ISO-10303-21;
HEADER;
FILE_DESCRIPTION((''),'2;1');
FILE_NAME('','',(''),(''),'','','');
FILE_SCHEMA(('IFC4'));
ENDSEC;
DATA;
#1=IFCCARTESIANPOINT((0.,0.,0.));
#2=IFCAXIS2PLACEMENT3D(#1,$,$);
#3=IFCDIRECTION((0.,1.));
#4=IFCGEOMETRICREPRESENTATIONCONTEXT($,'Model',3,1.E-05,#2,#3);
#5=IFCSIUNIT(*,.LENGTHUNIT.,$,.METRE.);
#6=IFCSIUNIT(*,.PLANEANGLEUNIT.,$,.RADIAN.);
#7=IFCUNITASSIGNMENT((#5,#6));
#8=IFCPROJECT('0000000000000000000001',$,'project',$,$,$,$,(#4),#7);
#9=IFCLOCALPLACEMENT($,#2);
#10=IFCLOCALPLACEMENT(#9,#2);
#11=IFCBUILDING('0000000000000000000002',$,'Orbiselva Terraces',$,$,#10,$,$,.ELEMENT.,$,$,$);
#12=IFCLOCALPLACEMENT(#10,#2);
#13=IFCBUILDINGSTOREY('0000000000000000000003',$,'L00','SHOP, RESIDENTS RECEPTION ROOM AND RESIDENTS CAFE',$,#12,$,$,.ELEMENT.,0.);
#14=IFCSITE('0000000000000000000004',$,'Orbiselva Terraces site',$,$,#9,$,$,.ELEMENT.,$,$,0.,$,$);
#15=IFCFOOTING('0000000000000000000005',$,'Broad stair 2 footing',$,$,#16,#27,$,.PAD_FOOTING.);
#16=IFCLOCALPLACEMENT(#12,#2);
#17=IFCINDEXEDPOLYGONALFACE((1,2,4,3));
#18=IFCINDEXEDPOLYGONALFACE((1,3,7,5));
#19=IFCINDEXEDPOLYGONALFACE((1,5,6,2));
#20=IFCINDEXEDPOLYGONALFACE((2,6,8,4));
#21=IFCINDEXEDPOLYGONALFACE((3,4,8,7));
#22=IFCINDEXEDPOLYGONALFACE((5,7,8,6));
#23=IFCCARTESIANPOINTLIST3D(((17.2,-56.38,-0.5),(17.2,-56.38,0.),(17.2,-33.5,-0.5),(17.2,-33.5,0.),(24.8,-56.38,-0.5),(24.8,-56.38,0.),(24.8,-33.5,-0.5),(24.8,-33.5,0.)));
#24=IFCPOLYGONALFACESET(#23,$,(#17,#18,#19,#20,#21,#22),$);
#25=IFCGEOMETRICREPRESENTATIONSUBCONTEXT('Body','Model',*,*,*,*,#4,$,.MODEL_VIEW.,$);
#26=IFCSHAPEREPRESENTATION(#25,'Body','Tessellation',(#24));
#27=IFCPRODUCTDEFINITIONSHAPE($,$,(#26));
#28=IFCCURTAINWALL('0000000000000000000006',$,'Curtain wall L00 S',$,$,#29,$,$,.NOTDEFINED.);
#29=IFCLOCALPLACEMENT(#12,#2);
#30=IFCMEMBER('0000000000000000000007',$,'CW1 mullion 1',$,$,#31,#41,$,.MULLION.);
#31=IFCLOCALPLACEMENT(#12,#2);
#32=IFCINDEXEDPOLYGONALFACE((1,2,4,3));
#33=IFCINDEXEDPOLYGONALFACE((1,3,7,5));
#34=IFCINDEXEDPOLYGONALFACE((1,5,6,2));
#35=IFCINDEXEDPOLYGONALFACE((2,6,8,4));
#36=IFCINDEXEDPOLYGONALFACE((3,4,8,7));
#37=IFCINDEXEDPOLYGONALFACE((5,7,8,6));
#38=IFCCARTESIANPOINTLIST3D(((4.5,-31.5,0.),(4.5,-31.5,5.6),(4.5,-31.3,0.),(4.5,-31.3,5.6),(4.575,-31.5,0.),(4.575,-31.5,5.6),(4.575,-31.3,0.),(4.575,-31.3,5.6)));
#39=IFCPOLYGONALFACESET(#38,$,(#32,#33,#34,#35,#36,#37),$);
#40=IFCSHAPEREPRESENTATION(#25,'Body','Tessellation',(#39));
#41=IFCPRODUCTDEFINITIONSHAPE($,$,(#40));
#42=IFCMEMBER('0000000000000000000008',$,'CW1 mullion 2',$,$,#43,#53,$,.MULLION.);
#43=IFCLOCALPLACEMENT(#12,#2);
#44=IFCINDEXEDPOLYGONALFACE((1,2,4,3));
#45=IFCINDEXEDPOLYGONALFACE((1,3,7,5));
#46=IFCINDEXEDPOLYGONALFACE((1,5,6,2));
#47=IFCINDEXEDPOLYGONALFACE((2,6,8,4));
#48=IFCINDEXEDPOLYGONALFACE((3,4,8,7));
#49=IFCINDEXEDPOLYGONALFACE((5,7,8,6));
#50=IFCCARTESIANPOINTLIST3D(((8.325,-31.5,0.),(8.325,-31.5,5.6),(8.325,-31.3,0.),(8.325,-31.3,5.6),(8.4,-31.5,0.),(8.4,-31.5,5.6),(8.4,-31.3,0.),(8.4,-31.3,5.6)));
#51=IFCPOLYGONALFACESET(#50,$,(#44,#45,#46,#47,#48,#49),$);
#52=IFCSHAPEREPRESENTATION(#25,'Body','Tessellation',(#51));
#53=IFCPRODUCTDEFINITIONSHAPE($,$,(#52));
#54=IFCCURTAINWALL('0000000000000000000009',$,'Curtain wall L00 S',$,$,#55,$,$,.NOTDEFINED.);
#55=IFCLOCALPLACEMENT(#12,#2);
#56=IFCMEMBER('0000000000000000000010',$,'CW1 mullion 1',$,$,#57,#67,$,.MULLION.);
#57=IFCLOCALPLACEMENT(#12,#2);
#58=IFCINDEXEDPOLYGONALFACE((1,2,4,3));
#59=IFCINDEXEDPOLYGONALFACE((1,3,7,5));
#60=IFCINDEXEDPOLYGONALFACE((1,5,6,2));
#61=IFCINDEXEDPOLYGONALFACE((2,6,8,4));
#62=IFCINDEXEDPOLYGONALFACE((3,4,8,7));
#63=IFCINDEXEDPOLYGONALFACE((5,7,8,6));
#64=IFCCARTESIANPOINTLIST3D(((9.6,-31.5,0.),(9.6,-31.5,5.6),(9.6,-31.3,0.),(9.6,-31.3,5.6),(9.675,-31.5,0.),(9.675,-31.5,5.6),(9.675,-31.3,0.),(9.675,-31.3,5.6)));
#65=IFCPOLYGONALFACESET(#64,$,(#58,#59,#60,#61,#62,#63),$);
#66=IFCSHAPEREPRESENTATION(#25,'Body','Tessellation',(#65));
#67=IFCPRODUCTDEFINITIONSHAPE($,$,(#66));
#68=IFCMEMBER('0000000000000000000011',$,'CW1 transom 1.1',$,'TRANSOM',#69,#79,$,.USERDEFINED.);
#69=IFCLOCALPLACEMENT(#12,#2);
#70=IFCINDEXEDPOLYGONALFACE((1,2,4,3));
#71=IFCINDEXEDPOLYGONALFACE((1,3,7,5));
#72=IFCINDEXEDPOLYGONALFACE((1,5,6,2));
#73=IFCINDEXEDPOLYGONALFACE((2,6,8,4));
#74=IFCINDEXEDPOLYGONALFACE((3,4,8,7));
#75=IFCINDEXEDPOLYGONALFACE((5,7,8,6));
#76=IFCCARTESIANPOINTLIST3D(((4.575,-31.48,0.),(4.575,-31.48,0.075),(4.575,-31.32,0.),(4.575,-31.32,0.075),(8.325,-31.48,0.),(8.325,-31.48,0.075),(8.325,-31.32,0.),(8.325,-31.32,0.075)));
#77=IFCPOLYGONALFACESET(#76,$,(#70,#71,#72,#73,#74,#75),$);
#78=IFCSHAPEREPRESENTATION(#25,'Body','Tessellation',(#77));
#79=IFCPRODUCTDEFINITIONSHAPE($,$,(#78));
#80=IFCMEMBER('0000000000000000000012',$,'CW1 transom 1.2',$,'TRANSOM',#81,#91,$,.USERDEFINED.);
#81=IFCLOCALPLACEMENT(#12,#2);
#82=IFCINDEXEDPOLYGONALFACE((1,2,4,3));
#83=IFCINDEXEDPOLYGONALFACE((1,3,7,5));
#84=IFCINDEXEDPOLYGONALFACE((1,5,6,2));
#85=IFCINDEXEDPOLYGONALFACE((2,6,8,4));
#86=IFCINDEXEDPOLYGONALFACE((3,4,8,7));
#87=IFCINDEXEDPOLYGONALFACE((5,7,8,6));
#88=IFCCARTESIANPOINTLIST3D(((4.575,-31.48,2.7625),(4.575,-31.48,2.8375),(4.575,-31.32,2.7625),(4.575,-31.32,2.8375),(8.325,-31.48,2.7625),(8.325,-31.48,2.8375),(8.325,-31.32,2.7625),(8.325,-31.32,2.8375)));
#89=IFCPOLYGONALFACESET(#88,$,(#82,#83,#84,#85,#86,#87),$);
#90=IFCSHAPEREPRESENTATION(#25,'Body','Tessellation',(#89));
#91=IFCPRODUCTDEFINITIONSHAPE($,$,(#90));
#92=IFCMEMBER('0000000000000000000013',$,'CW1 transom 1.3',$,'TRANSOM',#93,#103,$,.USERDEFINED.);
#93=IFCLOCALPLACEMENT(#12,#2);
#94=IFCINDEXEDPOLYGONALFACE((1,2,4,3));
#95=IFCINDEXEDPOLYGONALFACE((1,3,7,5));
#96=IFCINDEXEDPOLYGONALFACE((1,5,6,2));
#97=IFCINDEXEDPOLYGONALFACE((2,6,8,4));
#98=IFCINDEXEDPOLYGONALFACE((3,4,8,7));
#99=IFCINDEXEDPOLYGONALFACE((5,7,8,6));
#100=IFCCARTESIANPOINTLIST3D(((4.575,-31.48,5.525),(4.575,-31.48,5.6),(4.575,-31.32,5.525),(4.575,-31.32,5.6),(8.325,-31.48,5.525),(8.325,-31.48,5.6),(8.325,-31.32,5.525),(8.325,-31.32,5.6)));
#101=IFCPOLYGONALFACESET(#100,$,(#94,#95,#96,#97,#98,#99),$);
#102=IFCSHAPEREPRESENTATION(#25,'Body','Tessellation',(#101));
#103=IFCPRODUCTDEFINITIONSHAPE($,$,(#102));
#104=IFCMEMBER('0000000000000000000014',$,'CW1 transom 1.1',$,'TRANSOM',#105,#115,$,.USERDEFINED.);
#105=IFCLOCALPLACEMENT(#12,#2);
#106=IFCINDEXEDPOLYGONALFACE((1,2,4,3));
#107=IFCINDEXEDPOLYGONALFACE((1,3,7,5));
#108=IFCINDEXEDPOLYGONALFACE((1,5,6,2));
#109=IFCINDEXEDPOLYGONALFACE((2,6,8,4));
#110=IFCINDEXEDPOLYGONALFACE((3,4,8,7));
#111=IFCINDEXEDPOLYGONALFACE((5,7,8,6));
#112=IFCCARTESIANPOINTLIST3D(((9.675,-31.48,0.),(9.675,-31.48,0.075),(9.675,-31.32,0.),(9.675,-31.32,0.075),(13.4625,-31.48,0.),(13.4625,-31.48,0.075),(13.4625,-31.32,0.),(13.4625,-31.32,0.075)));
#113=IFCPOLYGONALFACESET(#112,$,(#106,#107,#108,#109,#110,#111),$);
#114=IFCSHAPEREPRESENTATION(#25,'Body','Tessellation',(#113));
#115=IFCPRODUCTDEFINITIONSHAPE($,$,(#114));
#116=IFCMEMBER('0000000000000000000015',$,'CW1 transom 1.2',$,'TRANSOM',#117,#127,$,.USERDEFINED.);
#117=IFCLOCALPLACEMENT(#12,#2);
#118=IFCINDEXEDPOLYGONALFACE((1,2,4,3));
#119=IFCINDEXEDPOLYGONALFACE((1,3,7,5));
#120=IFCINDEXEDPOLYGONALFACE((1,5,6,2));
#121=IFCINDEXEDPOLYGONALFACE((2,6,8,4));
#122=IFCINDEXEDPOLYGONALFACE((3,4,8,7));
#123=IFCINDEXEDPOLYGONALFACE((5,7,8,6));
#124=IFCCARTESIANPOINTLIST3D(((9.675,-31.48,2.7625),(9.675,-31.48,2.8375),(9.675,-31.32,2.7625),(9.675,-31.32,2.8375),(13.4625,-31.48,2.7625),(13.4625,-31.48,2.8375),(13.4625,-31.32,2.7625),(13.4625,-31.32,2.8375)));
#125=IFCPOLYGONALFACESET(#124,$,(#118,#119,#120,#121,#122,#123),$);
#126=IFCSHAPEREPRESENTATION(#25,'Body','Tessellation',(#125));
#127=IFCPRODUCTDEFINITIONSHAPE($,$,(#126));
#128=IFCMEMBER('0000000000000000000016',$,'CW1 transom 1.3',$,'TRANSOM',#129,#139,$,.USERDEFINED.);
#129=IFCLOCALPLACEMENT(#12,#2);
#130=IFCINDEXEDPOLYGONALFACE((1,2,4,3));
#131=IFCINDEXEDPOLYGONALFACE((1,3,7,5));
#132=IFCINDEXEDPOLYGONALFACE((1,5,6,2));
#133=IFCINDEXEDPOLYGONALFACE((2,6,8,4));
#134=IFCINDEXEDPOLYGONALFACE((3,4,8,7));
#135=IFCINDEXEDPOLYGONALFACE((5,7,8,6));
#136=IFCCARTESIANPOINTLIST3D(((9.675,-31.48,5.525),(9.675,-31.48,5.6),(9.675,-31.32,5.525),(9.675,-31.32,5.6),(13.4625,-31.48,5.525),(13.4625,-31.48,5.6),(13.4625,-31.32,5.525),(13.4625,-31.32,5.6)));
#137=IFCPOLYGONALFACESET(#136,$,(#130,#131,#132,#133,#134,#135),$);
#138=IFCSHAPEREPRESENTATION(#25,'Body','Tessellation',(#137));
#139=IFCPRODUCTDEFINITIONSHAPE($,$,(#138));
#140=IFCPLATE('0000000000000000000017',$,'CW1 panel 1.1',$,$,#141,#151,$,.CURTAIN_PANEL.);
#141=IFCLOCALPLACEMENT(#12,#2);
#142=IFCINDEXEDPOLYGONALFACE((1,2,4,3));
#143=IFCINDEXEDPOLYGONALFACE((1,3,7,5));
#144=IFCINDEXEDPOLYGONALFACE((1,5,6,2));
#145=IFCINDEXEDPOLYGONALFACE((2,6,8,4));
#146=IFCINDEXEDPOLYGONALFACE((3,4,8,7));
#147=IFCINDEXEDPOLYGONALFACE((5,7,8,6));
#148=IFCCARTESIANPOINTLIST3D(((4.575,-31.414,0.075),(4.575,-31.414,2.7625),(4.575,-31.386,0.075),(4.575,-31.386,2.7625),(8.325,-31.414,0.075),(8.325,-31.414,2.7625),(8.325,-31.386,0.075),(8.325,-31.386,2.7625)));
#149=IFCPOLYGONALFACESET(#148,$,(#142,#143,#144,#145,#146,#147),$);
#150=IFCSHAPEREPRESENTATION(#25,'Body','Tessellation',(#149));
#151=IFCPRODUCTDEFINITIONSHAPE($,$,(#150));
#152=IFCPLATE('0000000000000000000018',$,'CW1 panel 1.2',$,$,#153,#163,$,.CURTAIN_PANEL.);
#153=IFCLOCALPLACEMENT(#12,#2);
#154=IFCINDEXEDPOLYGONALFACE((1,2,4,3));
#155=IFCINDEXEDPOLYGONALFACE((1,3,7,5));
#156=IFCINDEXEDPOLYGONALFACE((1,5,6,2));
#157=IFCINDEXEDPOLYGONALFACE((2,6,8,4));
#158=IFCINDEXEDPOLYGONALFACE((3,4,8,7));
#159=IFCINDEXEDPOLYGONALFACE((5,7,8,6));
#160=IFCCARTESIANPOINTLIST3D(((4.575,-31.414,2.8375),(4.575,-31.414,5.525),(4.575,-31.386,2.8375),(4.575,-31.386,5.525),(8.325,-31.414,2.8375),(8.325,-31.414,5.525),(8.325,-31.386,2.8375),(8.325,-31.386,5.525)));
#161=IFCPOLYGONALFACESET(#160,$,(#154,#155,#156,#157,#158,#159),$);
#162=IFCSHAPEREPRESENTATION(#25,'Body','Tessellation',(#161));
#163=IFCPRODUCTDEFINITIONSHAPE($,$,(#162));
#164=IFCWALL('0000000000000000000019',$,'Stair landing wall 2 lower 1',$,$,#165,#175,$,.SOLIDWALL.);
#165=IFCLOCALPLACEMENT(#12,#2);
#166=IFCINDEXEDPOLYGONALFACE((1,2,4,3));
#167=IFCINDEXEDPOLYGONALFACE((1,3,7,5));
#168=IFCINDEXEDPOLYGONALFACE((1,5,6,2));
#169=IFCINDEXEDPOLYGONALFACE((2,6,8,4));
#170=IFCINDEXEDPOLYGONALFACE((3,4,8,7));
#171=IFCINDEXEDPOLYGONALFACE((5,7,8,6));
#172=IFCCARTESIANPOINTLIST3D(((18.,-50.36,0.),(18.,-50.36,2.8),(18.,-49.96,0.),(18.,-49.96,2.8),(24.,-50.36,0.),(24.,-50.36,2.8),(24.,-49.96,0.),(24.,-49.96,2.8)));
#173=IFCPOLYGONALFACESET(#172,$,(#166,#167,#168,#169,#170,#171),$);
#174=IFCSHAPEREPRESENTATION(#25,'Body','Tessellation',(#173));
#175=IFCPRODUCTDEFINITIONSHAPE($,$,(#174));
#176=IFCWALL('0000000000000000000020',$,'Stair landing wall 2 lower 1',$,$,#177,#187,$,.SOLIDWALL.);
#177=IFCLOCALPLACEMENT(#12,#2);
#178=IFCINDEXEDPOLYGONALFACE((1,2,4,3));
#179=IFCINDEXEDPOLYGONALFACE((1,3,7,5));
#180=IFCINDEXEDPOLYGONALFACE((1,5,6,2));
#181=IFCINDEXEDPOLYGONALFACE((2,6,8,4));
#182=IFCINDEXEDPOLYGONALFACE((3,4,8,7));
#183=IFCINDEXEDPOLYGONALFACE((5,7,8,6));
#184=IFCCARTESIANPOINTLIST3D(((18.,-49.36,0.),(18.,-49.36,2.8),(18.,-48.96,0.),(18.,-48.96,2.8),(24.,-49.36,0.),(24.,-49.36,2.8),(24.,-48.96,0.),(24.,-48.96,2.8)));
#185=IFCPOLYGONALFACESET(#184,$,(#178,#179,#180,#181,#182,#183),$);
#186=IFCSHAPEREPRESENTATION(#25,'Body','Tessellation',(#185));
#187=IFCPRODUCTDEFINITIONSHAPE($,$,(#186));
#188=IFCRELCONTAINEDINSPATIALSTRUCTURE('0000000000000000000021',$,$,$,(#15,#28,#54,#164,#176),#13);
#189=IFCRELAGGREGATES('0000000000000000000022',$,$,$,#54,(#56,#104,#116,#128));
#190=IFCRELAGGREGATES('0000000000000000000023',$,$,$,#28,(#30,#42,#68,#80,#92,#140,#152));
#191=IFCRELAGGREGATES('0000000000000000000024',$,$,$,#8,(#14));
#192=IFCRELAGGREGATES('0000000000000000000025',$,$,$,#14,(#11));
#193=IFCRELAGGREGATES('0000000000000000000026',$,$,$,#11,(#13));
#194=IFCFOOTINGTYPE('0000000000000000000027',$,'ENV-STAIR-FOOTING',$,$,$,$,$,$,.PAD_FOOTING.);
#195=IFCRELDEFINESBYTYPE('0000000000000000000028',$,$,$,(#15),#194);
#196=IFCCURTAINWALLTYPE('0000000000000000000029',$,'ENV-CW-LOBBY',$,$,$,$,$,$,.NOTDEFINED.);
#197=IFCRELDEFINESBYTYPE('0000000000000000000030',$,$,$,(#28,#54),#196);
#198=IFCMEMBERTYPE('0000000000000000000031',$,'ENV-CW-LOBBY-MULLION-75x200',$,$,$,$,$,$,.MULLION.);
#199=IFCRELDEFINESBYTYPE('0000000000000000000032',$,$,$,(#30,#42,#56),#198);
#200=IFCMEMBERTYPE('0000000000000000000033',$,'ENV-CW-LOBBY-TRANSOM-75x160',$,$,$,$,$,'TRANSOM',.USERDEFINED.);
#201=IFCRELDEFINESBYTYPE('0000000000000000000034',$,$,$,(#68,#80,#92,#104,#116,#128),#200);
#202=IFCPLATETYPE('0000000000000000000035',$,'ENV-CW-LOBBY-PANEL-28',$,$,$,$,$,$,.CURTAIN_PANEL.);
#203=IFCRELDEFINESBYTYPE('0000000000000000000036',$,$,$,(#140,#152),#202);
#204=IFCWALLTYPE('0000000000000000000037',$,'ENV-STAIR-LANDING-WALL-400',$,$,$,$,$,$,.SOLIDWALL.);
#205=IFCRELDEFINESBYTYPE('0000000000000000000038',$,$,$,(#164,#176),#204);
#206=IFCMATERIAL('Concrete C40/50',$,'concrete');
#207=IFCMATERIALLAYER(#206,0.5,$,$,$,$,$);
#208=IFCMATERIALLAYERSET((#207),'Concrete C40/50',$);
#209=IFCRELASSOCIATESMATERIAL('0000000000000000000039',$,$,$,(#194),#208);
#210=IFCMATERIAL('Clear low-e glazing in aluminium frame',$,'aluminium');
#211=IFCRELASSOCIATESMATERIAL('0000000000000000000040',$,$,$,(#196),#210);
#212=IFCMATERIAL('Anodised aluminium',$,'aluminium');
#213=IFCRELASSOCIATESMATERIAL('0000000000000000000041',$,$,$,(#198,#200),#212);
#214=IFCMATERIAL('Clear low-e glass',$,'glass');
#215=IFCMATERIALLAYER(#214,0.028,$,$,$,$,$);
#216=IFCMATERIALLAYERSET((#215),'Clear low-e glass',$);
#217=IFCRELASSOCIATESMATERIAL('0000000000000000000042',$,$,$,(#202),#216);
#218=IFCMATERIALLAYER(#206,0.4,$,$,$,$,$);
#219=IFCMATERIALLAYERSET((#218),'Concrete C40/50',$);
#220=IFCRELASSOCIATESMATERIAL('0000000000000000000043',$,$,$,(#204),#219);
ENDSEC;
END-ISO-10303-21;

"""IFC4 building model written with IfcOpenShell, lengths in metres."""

from ifc_helpers import new_model, si_unit, direction, frame, frame_2d, origin, origin_2d, place, context, subcontext, project, spatial, rectangle, extrude, material, layer, layer_set, material_profile, profile_set, type_object, element, aggregate, save


model = new_model("IFC4")

# Units and contexts
model_context = context("Model", 3, precision=1e-05, world=origin(), true_north=direction((0.0, 1.0)))
body_context = subcontext(model_context, "Body", "Model", "MODEL_VIEW")
ifc_project = project(units=[si_unit("LENGTHUNIT", "METRE"), si_unit("PLANEANGLEUNIT", "RADIAN")], contexts=[model_context])

# Site, building, storey
site_placement = place(None, origin())
site = spatial("IfcSite", under=ifc_project, at=site_placement, Name="Orbiselva Terraces site", CompositionType="ELEMENT", RefElevation=0.0)
building_placement = place(site_placement, origin())
building = spatial("IfcBuilding", under=site, at=building_placement, Name="Orbiselva Terraces", CompositionType="ELEMENT")
storey_placement = place(building_placement, origin())
storey = spatial("IfcBuildingStorey", under=building, at=storey_placement, Name="L00", Description="SHOP, RESIDENTS RECEPTION ROOM AND RESIDENTS CAFE", CompositionType="ELEMENT", Elevation=0.0)

# Footing
ifc_material_1 = material(Name="Concrete C40/50", Category="concrete")
ifc_layer_1 = layer(ifc_material_1, 0.5)
ifc_layer_set_1 = layer_set([ifc_layer_1], Name="Concrete C40/50")
footing_type = type_object("IfcFootingType", Name="ENV-STAIR-FOOTING", PredefinedType="PAD_FOOTING", material=ifc_layer_set_1)
footing_placement = place(storey_placement, frame((21.0, -44.94, -0.5), z_axis=(0.0, 0.0, 1.0), x_axis=(1.0, 0.0, 0.0)))
element("IfcFooting", 1, at=footing_placement, inside=storey, type_object=footing_type, Name="Broad stair 2 footing", PredefinedType="PAD_FOOTING", context=body_context, shape_type="SweptSolid", body=[
    extrude(rectangle(XDim=7.6, YDim=22.88, at=origin_2d()), origin(), (0.0, 0.0, 1.0), 0.5),
])

# Curtain wall, members
ifc_material_2 = material(Name="Clear low-e glazing in aluminium frame", Category="aluminium")
curtain_wall_type = type_object("IfcCurtainWallType", Name="ENV-CW-LOBBY", PredefinedType="NOTDEFINED", material=ifc_material_2)
curtain_wall_1_placement = place(storey_placement, origin())
curtain_wall_1 = element("IfcCurtainWall", 2, at=curtain_wall_1_placement, inside=storey, type_object=curtain_wall_type, Name="Curtain wall L00 S", PredefinedType="NOTDEFINED")
ifc_material_3 = material(Name="Anodised aluminium", Category="aluminium")
ifc_material_profile_1 = material_profile(ifc_material_3, rectangle(XDim=0.2, YDim=0.075, at=origin_2d()), Name="AL 75x200")
ifc_profile_set_1 = profile_set([ifc_material_profile_1], Name="Anodised aluminium")
member_type_1 = type_object("IfcMemberType", Name="ENV-CW-LOBBY-MULLION-75x200", PredefinedType="MULLION", material=ifc_profile_set_1)
member_1_placement = place(storey_placement, frame((4.5375, -31.4, 0.0), z_axis=(0.0, 0.0, 1.0), x_axis=(0.0, 1.0, 0.0)))
member_1 = element("IfcMember", 3, at=member_1_placement, type_object=member_type_1, Name="CW1 mullion 1", PredefinedType="MULLION", context=body_context, shape_type="SweptSolid", body=[
    extrude(rectangle(XDim=0.2, YDim=0.075, at=origin_2d()), origin(), (0.0, 0.0, 1.0), 5.6),
])
member_2_placement = place(storey_placement, frame((8.3625, -31.4, 0.0), z_axis=(0.0, 0.0, 1.0), x_axis=(0.0, 1.0, 0.0)))
member_2 = element("IfcMember", 4, at=member_2_placement, type_object=member_type_1, Name="CW1 mullion 2", PredefinedType="MULLION", context=body_context, shape_type="SweptSolid", body=[
    extrude(rectangle(XDim=0.2, YDim=0.075, at=origin_2d()), origin(), (0.0, 0.0, 1.0), 5.6),
])

# Curtain wall, member
curtain_wall_2_placement = place(storey_placement, origin())
curtain_wall_2 = element("IfcCurtainWall", 5, at=curtain_wall_2_placement, inside=storey, type_object=curtain_wall_type, Name="Curtain wall L00 S", PredefinedType="NOTDEFINED")
member_3_placement = place(storey_placement, frame((9.6375, -31.4, 0.0), z_axis=(0.0, 0.0, 1.0), x_axis=(0.0, 1.0, 0.0)))
member_3 = element("IfcMember", 6, at=member_3_placement, type_object=member_type_1, Name="CW1 mullion 1", PredefinedType="MULLION", context=body_context, shape_type="SweptSolid", body=[
    extrude(rectangle(XDim=0.2, YDim=0.075, at=origin_2d()), origin(), (0.0, 0.0, 1.0), 5.6),
])

# Members
ifc_material_profile_2 = material_profile(ifc_material_3, rectangle(XDim=0.16, YDim=0.075, at=origin_2d()), Name="AL 75x160")
ifc_profile_set_2 = profile_set([ifc_material_profile_2], Name="Anodised aluminium")
member_type_2 = type_object("IfcMemberType", Name="ENV-CW-LOBBY-TRANSOM-75x160", ElementType="TRANSOM", PredefinedType="USERDEFINED", material=ifc_profile_set_2)
member_4_placement = place(storey_placement, frame((4.575, -31.4, 0.0375), z_axis=(1.0, 0.0, 0.0), x_axis=(0.0, 1.0, 0.0)))
member_4 = element("IfcMember", 7, at=member_4_placement, type_object=member_type_2, Name="CW1 transom 1.1", ObjectType="TRANSOM", PredefinedType="USERDEFINED", context=body_context, shape_type="SweptSolid", body=[
    extrude(rectangle(XDim=0.16, YDim=0.075, at=origin_2d()), origin(), (0.0, 0.0, 1.0), 3.75),
])
member_5_placement = place(storey_placement, frame((4.575, -31.4, 2.8), z_axis=(1.0, 0.0, 0.0), x_axis=(0.0, 1.0, 0.0)))
member_5 = element("IfcMember", 8, at=member_5_placement, type_object=member_type_2, Name="CW1 transom 1.2", ObjectType="TRANSOM", PredefinedType="USERDEFINED", context=body_context, shape_type="SweptSolid", body=[
    extrude(rectangle(XDim=0.16, YDim=0.075, at=origin_2d()), origin(), (0.0, 0.0, 1.0), 3.75),
])
member_6_placement = place(storey_placement, frame((4.575, -31.4, 5.5625), z_axis=(1.0, 0.0, 0.0), x_axis=(0.0, 1.0, 0.0)))
member_6 = element("IfcMember", 9, at=member_6_placement, type_object=member_type_2, Name="CW1 transom 1.3", ObjectType="TRANSOM", PredefinedType="USERDEFINED", context=body_context, shape_type="SweptSolid", body=[
    extrude(rectangle(XDim=0.16, YDim=0.075, at=origin_2d()), origin(), (0.0, 0.0, 1.0), 3.75),
])
member_7_placement = place(storey_placement, frame((9.675, -31.4, 0.0375), z_axis=(1.0, 0.0, 0.0), x_axis=(0.0, 1.0, 0.0)))
member_7 = element("IfcMember", 10, at=member_7_placement, type_object=member_type_2, Name="CW1 transom 1.1", ObjectType="TRANSOM", PredefinedType="USERDEFINED", context=body_context, shape_type="SweptSolid", body=[
    extrude(rectangle(XDim=0.16, YDim=0.075, at=origin_2d()), origin(), (0.0, 0.0, 1.0), 3.7875),
])
member_8_placement = place(storey_placement, frame((9.675, -31.4, 2.8), z_axis=(1.0, 0.0, 0.0), x_axis=(0.0, 1.0, 0.0)))
member_8 = element("IfcMember", 11, at=member_8_placement, type_object=member_type_2, Name="CW1 transom 1.2", ObjectType="TRANSOM", PredefinedType="USERDEFINED", context=body_context, shape_type="SweptSolid", body=[
    extrude(rectangle(XDim=0.16, YDim=0.075, at=origin_2d()), origin(), (0.0, 0.0, 1.0), 3.7875),
])
member_9_placement = place(storey_placement, frame((9.675, -31.4, 5.5625), z_axis=(1.0, 0.0, 0.0), x_axis=(0.0, 1.0, 0.0)))
member_9 = element("IfcMember", 12, at=member_9_placement, type_object=member_type_2, Name="CW1 transom 1.3", ObjectType="TRANSOM", PredefinedType="USERDEFINED", context=body_context, shape_type="SweptSolid", body=[
    extrude(rectangle(XDim=0.16, YDim=0.075, at=origin_2d()), origin(), (0.0, 0.0, 1.0), 3.7875),
])
aggregate(curtain_wall_2, [member_3, member_7, member_8, member_9])

# Plates
ifc_material_4 = material(Name="Clear low-e glass", Category="glass")
ifc_layer_2 = layer(ifc_material_4, 0.028)
ifc_layer_set_2 = layer_set([ifc_layer_2], Name="Clear low-e glass")
plate_type = type_object("IfcPlateType", Name="ENV-CW-LOBBY-PANEL-28", PredefinedType="CURTAIN_PANEL", material=ifc_layer_set_2)
plate_1_placement = place(storey_placement, frame((6.45, -31.4, 0.075), z_axis=(0.0, 0.0, 1.0), x_axis=(1.0, 0.0, 0.0)))
plate_1 = element("IfcPlate", 13, at=plate_1_placement, type_object=plate_type, Name="CW1 panel 1.1", PredefinedType="CURTAIN_PANEL", context=body_context, shape_type="SweptSolid", body=[
    extrude(rectangle(XDim=3.75, YDim=0.028, at=origin_2d()), origin(), (0.0, 0.0, 1.0), 2.6875),
])
plate_2_placement = place(storey_placement, frame((6.45, -31.4, 2.8375), z_axis=(0.0, 0.0, 1.0), x_axis=(1.0, 0.0, 0.0)))
plate_2 = element("IfcPlate", 14, at=plate_2_placement, type_object=plate_type, Name="CW1 panel 1.2", PredefinedType="CURTAIN_PANEL", context=body_context, shape_type="SweptSolid", body=[
    extrude(rectangle(XDim=3.75, YDim=0.028, at=origin_2d()), origin(), (0.0, 0.0, 1.0), 2.6875),
])
aggregate(curtain_wall_1, [member_1, member_2, member_4, member_5, member_6, plate_1, plate_2])

# Walls
ifc_layer_3 = layer(ifc_material_1, 0.4)
ifc_layer_set_3 = layer_set([ifc_layer_3], Name="Concrete C40/50")
wall_type = type_object("IfcWallType", Name="ENV-STAIR-LANDING-WALL-400", PredefinedType="SOLIDWALL", material=ifc_layer_set_3)
for number, where, z_axis, x_axis, name in (
    (15, (18.0, -50.16, 0.0), (0.0, 0.0, 1.0), (1.0, 0.0, 0.0), "Stair landing wall 2 lower 1"),
    (16, (18.0, -49.16, 0.0), (0.0, 0.0, 1.0), (1.0, 0.0, 0.0), "Stair landing wall 2 lower 1"),
):
    element("IfcWall", number, at=place(storey_placement, frame(where, z_axis=z_axis, x_axis=x_axis)), inside=storey, type_object=wall_type, Name=name, PredefinedType="SOLIDWALL", context=body_context, shape_type="SweptSolid", body=[
        extrude(rectangle(XDim=6.0, YDim=0.4, at=frame_2d((3.0, 0.0))), origin(), (0.0, 0.0, 1.0), 2.8),
    ])

save(model, "model.ifc")
